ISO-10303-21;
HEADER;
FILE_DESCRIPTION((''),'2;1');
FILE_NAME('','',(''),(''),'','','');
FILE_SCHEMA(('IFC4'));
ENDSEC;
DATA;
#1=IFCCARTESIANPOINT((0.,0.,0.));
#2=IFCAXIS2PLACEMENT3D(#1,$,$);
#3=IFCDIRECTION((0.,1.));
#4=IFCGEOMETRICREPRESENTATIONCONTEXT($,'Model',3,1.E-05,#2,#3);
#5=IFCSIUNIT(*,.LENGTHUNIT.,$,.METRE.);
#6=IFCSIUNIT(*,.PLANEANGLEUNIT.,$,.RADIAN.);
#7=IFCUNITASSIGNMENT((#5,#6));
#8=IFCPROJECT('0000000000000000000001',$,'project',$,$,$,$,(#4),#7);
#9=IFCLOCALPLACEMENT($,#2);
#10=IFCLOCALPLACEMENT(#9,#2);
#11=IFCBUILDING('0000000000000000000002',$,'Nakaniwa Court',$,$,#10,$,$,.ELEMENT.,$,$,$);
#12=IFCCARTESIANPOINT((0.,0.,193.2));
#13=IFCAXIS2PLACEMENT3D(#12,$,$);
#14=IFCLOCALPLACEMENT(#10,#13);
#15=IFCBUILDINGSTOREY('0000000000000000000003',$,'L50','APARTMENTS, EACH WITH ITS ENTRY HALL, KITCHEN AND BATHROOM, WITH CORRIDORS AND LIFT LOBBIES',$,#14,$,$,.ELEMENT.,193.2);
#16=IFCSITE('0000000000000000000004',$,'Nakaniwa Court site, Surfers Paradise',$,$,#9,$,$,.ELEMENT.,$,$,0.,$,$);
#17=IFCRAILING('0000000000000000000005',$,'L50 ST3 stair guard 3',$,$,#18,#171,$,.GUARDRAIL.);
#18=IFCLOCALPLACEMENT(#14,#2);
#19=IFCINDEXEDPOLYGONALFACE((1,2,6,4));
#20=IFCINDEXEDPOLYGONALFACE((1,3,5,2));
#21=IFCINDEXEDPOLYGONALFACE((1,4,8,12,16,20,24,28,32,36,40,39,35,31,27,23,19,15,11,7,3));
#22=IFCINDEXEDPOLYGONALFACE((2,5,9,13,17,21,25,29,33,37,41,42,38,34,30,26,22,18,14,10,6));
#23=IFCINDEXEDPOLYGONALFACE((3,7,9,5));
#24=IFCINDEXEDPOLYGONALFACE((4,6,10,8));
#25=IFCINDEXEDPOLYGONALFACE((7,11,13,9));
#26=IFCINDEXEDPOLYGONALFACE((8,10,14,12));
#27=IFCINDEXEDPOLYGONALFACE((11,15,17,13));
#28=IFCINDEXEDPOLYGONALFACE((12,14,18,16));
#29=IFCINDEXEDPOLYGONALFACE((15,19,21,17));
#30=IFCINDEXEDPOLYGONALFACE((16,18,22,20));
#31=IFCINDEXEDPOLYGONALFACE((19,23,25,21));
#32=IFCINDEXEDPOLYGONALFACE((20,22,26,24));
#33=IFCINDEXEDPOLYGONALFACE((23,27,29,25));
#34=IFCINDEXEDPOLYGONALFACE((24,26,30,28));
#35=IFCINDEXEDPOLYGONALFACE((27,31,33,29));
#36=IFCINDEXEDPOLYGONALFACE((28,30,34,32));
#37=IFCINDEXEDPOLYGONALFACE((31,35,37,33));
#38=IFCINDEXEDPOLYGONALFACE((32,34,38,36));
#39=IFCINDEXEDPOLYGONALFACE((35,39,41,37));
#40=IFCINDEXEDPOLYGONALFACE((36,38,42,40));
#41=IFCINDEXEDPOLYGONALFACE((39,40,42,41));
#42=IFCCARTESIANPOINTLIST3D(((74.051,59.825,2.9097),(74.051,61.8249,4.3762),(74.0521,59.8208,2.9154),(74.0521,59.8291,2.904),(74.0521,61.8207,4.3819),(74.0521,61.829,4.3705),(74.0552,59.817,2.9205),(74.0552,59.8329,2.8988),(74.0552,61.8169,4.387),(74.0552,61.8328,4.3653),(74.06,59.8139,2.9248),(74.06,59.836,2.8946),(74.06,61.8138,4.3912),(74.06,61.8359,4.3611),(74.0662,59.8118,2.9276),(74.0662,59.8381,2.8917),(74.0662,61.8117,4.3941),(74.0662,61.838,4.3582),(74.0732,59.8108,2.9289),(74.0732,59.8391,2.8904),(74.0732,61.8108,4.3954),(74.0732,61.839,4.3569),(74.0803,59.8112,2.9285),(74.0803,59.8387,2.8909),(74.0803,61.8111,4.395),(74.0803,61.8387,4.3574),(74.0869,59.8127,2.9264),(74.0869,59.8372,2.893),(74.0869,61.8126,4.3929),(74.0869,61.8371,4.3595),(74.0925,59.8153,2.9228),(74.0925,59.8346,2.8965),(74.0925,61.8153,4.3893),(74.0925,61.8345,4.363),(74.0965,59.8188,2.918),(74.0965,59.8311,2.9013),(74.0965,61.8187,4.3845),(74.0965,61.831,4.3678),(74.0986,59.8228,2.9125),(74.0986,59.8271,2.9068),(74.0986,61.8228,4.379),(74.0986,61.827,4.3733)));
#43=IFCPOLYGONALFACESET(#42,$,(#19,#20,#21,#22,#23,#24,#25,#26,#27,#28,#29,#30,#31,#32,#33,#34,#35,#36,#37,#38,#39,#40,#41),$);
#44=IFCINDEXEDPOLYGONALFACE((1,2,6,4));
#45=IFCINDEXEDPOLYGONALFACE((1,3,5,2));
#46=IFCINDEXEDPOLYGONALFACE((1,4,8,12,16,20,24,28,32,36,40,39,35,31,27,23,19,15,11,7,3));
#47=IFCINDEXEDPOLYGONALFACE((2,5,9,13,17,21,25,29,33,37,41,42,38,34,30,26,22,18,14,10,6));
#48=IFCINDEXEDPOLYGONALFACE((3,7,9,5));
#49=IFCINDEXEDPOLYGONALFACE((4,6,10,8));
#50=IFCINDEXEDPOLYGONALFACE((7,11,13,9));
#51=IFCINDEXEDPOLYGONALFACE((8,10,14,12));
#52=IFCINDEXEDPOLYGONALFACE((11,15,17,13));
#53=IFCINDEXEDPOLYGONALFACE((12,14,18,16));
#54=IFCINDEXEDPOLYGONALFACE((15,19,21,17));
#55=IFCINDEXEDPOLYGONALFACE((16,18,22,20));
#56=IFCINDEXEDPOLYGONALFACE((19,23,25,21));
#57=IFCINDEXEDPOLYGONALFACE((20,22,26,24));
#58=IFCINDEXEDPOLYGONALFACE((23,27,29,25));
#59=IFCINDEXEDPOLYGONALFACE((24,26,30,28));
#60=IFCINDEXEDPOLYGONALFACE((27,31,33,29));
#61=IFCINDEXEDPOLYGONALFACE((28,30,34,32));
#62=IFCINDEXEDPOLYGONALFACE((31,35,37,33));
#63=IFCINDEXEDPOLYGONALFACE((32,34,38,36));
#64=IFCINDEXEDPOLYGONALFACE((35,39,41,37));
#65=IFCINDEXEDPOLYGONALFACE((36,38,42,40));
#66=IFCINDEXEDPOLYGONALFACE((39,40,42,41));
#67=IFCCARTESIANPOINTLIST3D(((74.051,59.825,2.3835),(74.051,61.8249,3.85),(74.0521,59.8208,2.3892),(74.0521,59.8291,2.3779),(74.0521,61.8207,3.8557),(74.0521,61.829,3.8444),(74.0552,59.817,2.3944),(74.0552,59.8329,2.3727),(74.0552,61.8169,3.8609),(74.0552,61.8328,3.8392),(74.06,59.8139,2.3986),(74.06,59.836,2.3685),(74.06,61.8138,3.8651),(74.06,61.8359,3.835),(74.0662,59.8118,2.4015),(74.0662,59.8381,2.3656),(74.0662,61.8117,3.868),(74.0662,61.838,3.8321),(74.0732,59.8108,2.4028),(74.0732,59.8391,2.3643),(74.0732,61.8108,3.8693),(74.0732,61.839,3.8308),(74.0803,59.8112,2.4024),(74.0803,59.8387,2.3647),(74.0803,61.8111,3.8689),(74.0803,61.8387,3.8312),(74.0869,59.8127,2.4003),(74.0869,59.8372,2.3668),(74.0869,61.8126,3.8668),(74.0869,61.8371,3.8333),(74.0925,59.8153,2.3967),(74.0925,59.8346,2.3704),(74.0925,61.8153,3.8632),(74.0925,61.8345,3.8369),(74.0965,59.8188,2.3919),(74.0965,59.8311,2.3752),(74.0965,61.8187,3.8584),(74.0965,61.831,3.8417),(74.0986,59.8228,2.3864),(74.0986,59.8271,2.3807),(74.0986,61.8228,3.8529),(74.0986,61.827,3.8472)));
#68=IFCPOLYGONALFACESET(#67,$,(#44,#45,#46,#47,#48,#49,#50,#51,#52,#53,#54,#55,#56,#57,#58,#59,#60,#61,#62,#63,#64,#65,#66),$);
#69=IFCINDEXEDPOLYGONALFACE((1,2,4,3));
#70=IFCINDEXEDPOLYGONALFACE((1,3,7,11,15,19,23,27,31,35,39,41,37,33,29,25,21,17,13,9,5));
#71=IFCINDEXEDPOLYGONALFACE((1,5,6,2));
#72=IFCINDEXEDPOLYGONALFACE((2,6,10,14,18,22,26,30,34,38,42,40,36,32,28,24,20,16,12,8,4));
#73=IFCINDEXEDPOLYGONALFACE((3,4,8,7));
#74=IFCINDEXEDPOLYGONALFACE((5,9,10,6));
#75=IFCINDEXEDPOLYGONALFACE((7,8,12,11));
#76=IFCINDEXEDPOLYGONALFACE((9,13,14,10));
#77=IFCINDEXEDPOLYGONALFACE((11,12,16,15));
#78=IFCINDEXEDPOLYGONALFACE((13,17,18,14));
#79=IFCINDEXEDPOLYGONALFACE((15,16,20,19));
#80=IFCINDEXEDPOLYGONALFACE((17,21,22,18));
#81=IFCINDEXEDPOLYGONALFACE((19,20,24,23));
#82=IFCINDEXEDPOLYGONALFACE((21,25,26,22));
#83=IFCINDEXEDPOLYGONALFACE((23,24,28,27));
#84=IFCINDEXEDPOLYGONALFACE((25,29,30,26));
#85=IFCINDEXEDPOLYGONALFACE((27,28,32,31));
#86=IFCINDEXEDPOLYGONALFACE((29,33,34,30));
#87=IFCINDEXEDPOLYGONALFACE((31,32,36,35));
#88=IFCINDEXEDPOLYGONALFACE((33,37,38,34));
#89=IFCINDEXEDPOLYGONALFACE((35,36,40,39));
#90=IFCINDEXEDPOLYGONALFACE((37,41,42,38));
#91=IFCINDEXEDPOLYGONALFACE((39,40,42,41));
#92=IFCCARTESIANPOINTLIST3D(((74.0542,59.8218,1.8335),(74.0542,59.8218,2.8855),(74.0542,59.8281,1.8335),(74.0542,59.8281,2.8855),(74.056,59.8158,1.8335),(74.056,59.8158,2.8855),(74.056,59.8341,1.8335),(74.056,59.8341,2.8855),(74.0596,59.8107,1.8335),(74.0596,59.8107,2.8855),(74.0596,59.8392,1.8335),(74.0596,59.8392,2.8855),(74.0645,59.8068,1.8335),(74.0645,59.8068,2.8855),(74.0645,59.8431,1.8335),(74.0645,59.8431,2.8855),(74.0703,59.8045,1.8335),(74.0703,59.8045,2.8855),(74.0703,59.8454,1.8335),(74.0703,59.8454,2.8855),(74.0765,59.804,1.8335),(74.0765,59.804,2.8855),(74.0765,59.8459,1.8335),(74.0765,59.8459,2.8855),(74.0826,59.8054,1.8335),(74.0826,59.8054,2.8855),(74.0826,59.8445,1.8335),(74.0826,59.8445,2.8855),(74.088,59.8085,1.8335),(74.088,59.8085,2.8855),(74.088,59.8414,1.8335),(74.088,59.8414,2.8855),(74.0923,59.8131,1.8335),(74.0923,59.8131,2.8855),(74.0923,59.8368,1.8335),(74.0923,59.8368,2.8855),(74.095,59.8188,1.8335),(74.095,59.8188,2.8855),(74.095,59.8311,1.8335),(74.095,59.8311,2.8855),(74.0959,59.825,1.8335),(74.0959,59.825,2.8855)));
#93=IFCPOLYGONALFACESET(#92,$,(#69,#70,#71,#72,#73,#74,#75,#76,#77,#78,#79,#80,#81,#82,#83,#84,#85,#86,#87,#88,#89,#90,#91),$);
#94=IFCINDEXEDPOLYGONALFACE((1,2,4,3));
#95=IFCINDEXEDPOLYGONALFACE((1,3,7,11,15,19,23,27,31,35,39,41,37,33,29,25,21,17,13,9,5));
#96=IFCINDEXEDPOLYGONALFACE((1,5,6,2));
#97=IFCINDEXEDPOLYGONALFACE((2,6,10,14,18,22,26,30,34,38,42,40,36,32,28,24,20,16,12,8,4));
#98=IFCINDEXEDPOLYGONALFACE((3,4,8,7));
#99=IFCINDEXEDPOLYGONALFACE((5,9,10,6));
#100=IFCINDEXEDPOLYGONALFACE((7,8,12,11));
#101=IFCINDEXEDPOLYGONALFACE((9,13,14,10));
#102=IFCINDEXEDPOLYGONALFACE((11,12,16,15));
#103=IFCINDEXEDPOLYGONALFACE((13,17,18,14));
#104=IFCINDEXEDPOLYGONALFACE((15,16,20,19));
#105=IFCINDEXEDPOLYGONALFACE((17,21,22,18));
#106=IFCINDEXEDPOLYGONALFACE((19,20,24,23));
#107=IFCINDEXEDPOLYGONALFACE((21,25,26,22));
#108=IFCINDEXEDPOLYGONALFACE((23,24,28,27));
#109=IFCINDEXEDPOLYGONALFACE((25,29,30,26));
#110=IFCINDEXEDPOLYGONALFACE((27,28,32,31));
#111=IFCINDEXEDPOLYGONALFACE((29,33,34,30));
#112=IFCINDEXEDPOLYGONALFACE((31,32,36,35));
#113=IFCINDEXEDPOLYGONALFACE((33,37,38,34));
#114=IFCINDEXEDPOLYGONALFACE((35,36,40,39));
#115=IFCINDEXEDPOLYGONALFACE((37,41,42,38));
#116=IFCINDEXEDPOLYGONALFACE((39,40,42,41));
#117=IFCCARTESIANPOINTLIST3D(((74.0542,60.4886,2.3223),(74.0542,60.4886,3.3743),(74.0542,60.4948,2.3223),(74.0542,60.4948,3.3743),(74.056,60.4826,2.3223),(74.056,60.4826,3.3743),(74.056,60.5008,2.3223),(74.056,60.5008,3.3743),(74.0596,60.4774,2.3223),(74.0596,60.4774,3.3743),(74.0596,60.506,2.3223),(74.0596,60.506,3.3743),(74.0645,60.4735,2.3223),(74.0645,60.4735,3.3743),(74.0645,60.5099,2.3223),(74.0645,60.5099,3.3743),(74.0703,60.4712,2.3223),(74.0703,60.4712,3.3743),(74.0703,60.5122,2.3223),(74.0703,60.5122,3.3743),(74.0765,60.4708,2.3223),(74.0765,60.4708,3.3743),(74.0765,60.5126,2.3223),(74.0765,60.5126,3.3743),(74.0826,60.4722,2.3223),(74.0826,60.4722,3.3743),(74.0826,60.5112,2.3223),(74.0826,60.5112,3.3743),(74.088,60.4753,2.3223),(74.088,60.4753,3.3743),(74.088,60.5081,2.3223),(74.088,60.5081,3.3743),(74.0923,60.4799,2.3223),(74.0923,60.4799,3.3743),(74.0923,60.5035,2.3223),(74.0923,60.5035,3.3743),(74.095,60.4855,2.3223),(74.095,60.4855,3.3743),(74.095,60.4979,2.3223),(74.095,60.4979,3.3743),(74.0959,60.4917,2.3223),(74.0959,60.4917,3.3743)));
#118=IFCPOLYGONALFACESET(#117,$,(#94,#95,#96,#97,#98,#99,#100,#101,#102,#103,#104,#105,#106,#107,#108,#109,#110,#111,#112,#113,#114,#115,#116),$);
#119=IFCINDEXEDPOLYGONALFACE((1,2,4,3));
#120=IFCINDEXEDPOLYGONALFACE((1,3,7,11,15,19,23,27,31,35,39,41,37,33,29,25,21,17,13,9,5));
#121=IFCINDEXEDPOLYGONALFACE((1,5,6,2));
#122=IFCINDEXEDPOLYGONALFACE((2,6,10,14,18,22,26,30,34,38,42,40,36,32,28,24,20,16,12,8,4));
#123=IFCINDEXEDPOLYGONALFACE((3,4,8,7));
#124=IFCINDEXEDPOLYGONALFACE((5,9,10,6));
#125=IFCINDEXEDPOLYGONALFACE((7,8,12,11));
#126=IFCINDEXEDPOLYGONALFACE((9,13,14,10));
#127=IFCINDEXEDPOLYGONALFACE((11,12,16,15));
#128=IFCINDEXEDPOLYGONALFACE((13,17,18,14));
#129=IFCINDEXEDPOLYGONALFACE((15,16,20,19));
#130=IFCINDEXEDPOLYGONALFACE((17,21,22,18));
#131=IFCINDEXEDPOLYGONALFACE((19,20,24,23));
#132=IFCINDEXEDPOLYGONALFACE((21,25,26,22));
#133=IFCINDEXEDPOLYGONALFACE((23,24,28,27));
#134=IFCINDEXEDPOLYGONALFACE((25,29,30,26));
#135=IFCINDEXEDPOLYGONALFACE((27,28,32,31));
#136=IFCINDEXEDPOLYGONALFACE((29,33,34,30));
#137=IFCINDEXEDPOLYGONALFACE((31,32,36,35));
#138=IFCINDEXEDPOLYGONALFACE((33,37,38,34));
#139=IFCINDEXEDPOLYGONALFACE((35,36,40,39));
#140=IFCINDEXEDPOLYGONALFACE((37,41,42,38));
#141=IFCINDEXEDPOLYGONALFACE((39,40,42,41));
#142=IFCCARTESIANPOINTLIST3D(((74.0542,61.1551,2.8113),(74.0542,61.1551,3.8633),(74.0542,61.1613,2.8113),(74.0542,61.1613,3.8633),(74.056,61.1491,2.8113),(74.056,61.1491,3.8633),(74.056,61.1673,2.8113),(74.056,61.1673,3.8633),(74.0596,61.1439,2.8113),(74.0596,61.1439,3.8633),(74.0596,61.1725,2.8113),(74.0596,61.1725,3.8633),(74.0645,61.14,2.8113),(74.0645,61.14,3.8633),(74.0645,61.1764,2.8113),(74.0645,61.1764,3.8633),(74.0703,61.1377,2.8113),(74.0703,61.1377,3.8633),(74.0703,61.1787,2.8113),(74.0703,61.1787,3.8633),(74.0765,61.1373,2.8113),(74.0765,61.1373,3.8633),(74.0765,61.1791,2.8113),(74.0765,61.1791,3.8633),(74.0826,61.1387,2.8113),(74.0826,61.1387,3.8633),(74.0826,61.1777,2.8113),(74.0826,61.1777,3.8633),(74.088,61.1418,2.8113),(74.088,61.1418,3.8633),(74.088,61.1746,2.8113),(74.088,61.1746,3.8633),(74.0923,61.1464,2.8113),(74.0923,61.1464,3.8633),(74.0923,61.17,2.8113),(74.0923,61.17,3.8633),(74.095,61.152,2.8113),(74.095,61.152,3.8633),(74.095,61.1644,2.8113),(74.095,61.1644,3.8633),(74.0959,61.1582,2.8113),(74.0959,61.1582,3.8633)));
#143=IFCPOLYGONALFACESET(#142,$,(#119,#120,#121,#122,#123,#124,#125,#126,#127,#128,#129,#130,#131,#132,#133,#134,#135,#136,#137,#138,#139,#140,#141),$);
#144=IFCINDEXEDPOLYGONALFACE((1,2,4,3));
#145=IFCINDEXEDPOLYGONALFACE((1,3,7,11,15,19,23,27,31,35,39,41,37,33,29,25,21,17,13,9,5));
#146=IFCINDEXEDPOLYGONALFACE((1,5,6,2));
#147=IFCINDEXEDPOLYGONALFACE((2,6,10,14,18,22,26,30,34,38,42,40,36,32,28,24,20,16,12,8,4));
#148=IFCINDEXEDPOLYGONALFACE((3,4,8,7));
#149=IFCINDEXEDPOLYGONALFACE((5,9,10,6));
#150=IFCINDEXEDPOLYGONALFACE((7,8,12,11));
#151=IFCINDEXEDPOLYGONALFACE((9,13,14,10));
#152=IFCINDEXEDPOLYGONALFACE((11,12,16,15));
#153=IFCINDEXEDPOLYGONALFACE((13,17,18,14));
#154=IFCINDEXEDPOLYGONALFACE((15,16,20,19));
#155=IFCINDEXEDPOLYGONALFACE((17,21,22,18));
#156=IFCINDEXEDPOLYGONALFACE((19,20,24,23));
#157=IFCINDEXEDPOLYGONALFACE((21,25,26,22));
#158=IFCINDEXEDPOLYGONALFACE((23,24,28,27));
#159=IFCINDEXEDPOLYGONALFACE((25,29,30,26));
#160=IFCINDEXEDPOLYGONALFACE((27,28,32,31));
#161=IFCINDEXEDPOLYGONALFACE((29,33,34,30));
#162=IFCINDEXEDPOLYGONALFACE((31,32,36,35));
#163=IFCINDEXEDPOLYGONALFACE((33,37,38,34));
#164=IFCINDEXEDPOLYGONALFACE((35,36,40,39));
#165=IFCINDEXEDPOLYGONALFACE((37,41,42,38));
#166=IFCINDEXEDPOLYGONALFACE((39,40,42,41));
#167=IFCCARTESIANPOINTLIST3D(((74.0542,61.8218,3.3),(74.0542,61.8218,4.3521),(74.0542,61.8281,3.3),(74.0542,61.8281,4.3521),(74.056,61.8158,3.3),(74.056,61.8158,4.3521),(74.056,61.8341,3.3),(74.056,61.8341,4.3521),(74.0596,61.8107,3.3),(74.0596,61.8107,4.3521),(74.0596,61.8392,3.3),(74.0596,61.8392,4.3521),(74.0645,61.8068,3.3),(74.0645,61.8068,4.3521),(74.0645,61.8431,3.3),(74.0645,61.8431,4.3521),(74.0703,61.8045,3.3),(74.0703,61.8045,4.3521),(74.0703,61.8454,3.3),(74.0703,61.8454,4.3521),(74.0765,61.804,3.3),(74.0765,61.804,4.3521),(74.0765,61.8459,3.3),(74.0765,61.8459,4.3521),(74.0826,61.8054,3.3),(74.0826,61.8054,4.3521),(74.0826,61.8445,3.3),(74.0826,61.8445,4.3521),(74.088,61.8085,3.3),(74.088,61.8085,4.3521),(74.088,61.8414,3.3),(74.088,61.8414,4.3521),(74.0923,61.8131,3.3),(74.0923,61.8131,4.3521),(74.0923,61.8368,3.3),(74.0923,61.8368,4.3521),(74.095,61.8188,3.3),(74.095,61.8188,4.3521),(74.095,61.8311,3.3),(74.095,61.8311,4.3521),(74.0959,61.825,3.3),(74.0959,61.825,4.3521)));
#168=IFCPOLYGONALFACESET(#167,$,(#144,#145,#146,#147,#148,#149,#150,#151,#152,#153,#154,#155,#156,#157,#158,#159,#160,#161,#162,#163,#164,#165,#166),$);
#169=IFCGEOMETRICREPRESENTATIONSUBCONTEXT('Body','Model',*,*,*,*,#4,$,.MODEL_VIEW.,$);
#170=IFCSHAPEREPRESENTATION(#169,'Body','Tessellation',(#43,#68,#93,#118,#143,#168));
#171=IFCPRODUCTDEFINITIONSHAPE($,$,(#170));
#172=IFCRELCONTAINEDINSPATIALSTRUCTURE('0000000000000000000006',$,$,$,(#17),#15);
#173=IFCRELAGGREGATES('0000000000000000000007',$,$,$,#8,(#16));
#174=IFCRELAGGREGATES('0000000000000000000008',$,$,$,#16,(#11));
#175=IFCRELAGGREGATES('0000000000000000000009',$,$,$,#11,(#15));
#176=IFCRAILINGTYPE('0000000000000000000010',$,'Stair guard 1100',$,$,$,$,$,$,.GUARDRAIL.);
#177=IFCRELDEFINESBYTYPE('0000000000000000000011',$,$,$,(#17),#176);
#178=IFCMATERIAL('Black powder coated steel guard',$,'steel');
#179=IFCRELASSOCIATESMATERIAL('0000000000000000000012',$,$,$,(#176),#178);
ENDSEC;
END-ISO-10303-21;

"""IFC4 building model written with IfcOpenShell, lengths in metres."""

from ifc_helpers import new_model, si_unit, direction, frame, origin, origin_2d, place, context, subcontext, project, spatial, circle, extrude, material, type_object, element, save


model = new_model("IFC4")

# Units and contexts
model_context = context("Model", 3, precision=1e-05, world=origin(), true_north=direction((0.0, 1.0)))
body_context = subcontext(model_context, "Body", "Model", "MODEL_VIEW")
ifc_project = project(units=[si_unit("LENGTHUNIT", "METRE"), si_unit("PLANEANGLEUNIT", "RADIAN")], contexts=[model_context])

# Site, building, storey
site_placement = place(None, origin())
site = spatial("IfcSite", under=ifc_project, at=site_placement, Name="Nakaniwa Court site, Surfers Paradise", CompositionType="ELEMENT", RefElevation=0.0)
building_placement = place(site_placement, origin())
building = spatial("IfcBuilding", under=site, at=building_placement, Name="Nakaniwa Court", CompositionType="ELEMENT")
storey_placement = place(building_placement, frame((0.0, 0.0, 193.2)))
storey = spatial("IfcBuildingStorey", under=building, at=storey_placement, Name="L50", Description="APARTMENTS, EACH WITH ITS ENTRY HALL, KITCHEN AND BATHROOM, WITH CORRIDORS AND LIFT LOBBIES", CompositionType="ELEMENT", Elevation=193.2)

# Railing
ifc_material_1 = material(Name="Black powder coated steel guard", Category="steel")
railing_type_1 = type_object("IfcRailingType", Name="Stair guard 1100", PredefinedType="GUARDRAIL", material=ifc_material_1)
railing_1_placement = place(storey_placement, frame((74.075, 59.825, 1.8335)))
element("IfcRailing", 1, at=railing_1_placement, inside=storey, type_object=railing_type_1, Name="L50 ST3 stair guard 3", PredefinedType="GUARDRAIL", context=body_context, shape_type="SweptSolid", body=[
    extrude(circle(Radius=0.0239, at=origin_2d()), frame((0.0, 0.0, 1.0762), z_axis=(0.0, 0.806427, 0.591334), x_axis=(-1.0, 0.0, 0.0)), (0.0, 0.0, 1.0), 2.48),
    extrude(circle(Radius=0.0239, at=origin_2d()), frame((0.0, 0.0, 0.55), z_axis=(0.0, 0.806427, 0.591334), x_axis=(-1.0, 0.0, 0.0)), (0.0, 0.0, 1.0), 2.48),
    extrude(circle(Radius=0.021, at=origin_2d()), origin(), (0.0, 0.0, 1.0), 1.052),
    extrude(circle(Radius=0.021, at=origin_2d()), frame((0.0, 0.6667, 0.4888)), (0.0, 0.0, 1.0), 1.052),
    extrude(circle(Radius=0.021, at=origin_2d()), frame((0.0, 1.3333, 0.9778)), (0.0, 0.0, 1.0), 1.052),
    extrude(circle(Radius=0.021, at=origin_2d()), frame((0.0, 2.0, 1.4666)), (0.0, 0.0, 1.0), 1.052),
])

save(model, "model.ifc")
